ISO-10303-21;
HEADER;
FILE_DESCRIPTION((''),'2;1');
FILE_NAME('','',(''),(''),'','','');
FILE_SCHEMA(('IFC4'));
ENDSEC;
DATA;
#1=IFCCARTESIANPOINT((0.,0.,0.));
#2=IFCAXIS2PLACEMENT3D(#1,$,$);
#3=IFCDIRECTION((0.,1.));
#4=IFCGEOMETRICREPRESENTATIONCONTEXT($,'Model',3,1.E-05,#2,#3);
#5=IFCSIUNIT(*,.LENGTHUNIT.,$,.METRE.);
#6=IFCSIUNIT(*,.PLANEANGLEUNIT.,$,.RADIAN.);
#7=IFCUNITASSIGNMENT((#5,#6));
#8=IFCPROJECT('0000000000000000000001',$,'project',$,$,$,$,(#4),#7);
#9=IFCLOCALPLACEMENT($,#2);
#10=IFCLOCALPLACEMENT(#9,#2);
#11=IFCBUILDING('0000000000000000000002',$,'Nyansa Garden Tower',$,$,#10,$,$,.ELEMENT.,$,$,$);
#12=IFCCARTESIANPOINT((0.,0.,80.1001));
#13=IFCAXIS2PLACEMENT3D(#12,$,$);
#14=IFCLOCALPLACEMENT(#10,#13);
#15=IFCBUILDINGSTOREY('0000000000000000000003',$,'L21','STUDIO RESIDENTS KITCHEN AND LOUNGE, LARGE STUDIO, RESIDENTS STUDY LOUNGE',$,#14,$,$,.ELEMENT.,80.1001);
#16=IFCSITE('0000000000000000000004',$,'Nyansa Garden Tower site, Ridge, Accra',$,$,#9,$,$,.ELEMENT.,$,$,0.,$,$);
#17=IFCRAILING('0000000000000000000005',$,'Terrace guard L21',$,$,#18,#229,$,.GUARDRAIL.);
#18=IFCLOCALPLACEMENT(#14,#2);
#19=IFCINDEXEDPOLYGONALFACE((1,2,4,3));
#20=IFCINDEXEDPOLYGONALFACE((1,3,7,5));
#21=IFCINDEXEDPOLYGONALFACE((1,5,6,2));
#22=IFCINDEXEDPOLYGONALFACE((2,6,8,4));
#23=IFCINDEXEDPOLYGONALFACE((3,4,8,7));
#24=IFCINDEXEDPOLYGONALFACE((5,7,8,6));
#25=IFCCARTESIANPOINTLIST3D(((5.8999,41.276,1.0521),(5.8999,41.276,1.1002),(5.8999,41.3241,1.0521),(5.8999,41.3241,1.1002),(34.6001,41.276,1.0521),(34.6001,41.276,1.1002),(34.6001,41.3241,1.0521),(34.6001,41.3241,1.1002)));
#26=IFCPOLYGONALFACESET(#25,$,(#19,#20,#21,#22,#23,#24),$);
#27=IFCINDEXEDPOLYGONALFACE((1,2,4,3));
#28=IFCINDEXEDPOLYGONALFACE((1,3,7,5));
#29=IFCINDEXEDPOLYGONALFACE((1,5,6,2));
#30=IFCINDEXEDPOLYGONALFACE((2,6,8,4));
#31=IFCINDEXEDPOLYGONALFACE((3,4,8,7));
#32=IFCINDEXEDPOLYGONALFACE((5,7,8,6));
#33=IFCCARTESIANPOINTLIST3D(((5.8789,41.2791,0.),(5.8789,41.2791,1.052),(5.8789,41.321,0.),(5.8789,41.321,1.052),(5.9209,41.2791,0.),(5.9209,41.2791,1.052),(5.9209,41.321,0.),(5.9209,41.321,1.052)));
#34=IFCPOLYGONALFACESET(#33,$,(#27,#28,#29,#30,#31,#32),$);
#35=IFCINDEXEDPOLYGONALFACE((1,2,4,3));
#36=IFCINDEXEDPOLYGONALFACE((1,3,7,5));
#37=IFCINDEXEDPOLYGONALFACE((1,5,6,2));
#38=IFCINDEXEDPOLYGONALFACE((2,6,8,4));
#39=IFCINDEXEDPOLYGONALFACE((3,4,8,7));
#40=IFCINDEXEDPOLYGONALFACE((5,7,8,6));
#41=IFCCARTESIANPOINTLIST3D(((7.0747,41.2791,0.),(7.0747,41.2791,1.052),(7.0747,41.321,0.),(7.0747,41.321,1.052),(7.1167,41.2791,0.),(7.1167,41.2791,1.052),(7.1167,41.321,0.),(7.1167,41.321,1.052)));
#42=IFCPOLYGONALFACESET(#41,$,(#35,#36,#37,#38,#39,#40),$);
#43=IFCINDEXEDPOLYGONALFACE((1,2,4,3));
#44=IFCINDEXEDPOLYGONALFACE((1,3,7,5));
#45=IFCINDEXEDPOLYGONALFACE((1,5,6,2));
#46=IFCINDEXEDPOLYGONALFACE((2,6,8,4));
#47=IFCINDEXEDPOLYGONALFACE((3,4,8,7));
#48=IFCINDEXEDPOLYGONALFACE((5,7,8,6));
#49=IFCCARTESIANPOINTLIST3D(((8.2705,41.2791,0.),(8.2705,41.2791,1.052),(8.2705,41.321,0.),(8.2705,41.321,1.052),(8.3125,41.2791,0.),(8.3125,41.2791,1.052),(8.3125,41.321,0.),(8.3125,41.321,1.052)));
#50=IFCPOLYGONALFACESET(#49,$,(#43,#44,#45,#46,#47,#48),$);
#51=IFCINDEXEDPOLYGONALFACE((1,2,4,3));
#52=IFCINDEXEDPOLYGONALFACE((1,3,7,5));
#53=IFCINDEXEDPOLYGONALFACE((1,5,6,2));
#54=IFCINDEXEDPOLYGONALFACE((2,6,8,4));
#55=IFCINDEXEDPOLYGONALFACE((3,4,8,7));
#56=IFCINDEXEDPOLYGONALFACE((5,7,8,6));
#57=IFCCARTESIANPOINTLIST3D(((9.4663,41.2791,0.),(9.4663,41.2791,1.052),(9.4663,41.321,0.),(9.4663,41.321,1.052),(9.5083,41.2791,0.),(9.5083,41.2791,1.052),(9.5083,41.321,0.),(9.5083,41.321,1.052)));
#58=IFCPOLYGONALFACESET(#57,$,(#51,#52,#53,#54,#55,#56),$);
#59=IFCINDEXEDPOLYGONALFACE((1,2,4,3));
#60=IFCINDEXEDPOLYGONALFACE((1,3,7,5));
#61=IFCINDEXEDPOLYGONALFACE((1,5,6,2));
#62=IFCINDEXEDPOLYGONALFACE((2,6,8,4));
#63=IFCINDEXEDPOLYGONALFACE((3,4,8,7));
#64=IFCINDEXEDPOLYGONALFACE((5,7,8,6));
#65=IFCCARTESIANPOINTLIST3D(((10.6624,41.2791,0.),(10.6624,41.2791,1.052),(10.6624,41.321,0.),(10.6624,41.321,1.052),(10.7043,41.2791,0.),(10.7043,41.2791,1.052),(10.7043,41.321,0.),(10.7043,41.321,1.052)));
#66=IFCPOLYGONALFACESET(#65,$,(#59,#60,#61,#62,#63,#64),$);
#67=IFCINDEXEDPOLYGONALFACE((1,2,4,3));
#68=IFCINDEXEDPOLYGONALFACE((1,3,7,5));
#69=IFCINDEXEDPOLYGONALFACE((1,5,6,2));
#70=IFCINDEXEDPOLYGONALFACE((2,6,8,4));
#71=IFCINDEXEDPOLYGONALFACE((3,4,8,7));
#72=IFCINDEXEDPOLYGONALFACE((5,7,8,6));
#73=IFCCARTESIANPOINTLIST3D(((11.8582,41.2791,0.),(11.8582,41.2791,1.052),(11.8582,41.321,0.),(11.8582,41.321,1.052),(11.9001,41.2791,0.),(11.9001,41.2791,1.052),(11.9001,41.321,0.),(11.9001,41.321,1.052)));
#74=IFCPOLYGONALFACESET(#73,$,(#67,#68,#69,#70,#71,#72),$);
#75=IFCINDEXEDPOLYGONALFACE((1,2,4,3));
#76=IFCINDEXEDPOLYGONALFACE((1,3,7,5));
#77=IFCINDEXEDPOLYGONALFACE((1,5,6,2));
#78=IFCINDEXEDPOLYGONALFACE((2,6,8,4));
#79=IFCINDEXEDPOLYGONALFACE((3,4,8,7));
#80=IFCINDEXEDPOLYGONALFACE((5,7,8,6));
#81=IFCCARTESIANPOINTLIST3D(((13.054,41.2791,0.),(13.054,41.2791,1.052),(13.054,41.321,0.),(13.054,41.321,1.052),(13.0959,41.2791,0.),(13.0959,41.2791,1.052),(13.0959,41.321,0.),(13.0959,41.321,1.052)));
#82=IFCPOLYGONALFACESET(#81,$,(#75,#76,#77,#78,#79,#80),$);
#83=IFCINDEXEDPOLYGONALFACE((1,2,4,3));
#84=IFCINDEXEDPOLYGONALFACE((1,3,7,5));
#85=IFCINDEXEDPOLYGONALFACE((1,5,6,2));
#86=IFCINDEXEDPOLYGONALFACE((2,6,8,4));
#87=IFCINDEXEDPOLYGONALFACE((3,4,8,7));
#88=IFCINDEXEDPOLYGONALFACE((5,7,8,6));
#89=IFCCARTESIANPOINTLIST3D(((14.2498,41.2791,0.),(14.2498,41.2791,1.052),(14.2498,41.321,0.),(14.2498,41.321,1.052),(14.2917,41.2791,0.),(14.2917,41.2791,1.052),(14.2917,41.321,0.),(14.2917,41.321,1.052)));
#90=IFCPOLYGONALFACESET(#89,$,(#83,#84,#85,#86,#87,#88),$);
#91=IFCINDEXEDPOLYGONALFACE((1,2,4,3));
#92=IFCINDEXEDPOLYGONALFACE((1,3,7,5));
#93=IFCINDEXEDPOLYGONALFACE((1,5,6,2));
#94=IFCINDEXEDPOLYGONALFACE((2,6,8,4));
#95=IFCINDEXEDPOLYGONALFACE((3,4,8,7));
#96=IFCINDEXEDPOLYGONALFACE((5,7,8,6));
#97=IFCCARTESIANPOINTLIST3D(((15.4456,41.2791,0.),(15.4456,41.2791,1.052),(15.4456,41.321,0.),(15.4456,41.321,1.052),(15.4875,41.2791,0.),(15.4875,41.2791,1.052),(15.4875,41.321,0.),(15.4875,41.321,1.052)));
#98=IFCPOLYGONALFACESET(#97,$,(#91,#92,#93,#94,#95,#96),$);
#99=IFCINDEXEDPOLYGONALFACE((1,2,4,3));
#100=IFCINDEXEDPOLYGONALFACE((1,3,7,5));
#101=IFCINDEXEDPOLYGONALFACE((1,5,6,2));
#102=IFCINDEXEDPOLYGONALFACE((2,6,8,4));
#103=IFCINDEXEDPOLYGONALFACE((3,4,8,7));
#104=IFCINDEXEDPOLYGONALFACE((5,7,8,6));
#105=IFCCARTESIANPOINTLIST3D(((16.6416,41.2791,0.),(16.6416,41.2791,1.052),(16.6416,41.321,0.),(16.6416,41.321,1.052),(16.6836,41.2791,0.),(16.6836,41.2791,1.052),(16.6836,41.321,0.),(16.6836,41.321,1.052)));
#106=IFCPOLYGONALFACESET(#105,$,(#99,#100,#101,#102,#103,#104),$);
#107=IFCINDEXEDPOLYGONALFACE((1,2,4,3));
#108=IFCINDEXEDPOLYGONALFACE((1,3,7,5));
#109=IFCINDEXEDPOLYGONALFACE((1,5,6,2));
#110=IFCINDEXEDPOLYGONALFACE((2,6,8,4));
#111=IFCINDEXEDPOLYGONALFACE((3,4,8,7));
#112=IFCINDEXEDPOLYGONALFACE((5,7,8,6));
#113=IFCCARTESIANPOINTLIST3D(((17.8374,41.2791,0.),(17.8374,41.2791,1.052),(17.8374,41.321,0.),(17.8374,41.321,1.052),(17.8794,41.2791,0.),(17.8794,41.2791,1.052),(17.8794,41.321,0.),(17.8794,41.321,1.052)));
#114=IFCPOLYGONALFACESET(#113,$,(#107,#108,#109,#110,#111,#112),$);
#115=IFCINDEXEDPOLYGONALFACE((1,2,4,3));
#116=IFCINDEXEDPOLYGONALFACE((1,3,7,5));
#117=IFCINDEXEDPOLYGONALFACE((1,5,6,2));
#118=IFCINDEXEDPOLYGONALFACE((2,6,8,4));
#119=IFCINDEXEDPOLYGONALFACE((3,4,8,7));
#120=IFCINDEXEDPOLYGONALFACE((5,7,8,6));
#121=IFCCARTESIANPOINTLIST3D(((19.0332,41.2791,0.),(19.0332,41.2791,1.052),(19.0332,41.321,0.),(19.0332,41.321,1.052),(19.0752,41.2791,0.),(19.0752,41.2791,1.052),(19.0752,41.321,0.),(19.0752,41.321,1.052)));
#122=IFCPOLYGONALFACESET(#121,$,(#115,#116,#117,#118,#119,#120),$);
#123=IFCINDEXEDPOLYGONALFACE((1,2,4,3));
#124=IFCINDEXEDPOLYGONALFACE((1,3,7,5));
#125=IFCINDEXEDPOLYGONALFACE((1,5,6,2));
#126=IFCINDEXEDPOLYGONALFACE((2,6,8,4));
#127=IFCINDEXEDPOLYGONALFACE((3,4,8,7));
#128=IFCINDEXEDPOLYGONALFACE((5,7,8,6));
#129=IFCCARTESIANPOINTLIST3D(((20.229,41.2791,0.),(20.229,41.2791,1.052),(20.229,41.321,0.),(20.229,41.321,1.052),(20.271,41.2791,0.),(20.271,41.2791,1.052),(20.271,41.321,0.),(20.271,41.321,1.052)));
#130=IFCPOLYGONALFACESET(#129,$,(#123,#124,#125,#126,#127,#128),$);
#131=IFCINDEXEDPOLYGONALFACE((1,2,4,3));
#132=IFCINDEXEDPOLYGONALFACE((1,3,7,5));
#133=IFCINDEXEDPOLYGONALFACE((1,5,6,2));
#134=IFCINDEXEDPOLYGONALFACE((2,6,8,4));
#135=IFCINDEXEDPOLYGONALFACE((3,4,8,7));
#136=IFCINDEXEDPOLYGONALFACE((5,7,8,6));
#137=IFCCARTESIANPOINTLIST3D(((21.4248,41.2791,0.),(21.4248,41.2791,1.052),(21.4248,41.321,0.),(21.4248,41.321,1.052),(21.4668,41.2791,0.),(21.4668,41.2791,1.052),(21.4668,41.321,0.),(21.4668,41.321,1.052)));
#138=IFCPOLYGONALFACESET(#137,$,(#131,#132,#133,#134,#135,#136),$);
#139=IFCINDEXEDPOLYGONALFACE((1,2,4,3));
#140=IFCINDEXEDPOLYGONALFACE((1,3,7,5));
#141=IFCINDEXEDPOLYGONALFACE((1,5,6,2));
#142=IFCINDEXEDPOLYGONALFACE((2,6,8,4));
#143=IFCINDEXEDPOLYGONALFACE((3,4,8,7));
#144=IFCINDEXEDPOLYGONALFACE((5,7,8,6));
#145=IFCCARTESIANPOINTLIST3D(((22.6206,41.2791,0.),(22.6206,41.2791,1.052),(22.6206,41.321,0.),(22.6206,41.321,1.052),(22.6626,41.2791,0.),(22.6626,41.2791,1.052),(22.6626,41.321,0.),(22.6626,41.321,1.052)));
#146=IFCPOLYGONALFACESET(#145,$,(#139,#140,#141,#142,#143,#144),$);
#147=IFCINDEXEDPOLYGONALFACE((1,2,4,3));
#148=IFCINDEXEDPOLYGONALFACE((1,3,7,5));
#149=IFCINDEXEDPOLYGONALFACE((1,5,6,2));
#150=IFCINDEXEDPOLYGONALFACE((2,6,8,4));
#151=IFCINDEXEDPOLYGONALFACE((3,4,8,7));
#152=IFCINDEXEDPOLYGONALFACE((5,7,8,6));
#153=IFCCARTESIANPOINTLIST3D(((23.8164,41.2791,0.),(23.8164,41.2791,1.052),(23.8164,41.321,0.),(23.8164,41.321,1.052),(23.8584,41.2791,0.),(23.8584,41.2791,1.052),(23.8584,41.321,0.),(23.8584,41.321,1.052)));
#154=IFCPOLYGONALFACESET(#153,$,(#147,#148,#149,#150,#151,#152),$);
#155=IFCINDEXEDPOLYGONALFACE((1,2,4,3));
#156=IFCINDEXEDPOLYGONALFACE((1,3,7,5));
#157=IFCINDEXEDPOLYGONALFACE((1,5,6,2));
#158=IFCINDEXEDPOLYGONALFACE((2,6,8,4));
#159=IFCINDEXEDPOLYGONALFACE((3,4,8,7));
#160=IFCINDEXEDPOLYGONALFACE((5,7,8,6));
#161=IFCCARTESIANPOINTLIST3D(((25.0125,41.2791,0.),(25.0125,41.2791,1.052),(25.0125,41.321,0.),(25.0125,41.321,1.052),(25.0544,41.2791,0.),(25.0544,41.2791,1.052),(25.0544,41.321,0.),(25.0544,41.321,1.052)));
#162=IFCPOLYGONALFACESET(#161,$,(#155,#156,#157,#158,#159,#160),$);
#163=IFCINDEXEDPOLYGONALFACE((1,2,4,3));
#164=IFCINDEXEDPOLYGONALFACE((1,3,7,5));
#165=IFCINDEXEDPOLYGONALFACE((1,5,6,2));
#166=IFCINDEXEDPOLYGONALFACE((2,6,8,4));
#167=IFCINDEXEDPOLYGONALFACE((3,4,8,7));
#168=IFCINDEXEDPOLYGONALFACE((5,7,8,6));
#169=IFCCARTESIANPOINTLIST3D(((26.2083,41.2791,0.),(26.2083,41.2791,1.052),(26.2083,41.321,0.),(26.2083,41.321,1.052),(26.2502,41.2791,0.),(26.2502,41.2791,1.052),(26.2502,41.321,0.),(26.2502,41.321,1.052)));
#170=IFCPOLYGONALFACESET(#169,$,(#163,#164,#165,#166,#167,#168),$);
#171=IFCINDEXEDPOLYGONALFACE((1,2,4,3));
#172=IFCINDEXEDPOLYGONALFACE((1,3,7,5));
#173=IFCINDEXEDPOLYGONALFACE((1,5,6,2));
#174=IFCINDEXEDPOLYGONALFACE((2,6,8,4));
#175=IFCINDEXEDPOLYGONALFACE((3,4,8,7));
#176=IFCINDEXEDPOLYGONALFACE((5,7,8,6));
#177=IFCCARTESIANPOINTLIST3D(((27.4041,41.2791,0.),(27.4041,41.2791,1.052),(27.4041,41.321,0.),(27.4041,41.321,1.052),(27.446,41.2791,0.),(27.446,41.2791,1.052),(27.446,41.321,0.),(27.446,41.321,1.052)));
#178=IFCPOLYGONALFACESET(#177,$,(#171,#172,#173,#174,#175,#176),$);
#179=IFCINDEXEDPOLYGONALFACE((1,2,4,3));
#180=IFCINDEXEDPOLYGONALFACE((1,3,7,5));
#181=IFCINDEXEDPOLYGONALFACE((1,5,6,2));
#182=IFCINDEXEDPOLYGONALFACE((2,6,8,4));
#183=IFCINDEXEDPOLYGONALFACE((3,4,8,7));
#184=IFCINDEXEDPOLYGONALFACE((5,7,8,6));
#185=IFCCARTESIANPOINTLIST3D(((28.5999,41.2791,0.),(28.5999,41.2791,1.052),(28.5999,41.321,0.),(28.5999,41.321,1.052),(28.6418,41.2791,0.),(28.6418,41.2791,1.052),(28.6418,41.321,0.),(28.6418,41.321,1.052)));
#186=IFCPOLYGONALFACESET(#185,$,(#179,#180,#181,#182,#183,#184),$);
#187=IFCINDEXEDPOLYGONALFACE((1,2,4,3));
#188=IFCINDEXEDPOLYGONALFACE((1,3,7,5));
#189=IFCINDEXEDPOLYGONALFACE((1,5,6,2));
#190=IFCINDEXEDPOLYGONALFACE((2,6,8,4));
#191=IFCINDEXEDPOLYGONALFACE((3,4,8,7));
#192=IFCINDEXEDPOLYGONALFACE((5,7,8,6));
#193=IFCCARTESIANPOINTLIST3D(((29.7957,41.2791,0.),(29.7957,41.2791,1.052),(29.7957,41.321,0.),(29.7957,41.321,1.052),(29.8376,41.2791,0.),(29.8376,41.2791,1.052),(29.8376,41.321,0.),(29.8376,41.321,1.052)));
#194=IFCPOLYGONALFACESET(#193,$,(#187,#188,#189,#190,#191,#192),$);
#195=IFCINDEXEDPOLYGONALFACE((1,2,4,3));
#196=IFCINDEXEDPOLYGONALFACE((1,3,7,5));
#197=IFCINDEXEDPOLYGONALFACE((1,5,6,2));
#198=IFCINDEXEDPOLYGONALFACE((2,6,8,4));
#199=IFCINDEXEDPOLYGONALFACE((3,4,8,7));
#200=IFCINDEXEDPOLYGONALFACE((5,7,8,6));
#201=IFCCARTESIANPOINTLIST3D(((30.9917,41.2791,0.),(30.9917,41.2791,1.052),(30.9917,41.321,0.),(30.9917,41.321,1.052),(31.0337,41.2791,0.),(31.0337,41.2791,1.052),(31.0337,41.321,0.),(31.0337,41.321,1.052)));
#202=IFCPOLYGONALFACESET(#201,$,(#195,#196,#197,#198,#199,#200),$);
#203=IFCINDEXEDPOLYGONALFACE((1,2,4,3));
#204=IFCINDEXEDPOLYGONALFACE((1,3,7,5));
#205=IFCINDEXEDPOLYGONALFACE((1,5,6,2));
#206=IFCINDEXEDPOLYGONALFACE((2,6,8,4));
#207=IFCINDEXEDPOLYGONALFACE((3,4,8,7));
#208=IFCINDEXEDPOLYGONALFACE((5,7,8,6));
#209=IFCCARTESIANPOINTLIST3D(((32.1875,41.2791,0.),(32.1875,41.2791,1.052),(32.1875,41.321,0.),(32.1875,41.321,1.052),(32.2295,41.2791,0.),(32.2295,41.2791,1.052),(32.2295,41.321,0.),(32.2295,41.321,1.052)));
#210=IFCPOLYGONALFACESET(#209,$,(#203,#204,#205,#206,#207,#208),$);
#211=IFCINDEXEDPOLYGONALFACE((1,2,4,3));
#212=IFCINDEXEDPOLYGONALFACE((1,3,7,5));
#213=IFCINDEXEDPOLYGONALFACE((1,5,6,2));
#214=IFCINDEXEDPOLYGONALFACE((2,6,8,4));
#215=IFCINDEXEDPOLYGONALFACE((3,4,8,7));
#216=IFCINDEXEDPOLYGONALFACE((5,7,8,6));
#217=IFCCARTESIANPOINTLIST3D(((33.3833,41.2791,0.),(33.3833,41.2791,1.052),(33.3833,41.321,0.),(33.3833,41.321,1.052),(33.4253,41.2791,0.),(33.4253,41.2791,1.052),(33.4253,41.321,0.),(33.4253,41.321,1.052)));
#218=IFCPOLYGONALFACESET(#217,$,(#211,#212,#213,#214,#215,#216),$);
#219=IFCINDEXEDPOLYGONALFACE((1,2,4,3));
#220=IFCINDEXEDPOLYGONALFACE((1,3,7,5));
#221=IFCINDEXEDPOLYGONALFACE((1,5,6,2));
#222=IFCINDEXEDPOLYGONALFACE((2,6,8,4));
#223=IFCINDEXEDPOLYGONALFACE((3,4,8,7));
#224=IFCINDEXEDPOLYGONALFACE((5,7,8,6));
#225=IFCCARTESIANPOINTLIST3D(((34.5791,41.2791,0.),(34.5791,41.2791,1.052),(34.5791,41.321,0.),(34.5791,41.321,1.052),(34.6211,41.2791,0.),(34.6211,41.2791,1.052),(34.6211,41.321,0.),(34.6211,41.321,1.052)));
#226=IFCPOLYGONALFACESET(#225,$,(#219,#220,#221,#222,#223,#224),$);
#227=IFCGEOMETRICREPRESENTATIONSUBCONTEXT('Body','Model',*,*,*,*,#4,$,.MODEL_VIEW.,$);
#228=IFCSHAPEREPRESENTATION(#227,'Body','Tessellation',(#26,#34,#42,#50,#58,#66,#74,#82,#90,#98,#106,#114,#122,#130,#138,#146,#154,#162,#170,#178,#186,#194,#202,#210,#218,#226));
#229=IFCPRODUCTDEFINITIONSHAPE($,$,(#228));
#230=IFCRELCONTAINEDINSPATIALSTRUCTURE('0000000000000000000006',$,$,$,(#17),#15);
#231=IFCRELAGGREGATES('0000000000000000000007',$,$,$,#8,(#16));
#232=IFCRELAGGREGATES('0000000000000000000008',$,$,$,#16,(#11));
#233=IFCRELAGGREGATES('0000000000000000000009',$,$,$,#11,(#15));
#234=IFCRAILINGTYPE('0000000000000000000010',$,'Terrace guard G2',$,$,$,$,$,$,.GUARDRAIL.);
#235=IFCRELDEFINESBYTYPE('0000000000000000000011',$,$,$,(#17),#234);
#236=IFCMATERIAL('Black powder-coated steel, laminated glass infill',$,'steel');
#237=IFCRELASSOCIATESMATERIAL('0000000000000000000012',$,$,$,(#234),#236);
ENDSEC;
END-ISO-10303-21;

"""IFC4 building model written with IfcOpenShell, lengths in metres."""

from ifc_helpers import new_model, si_unit, direction, frame, origin, origin_2d, place, context, subcontext, project, spatial, rectangle, extrude, material, type_object, element, save


model = new_model("IFC4")

# Units and contexts
model_context = context("Model", 3, precision=1e-05, world=origin(), true_north=direction((0.0, 1.0)))
body_context = subcontext(model_context, "Body", "Model", "MODEL_VIEW")
ifc_project = project(units=[si_unit("LENGTHUNIT", "METRE"), si_unit("PLANEANGLEUNIT", "RADIAN")], contexts=[model_context])

# Site, building, storey
site_placement = place(None, origin())
site = spatial("IfcSite", under=ifc_project, at=site_placement, Name="Nyansa Garden Tower site, Ridge, Accra", CompositionType="ELEMENT", RefElevation=0.0)
building_placement = place(site_placement, origin())
building = spatial("IfcBuilding", under=site, at=building_placement, Name="Nyansa Garden Tower", CompositionType="ELEMENT")
storey_placement = place(building_placement, frame((0.0, 0.0, 80.1001)))
storey = spatial("IfcBuildingStorey", under=building, at=storey_placement, Name="L21", Description="STUDIO RESIDENTS KITCHEN AND LOUNGE, LARGE STUDIO, RESIDENTS STUDY LOUNGE", CompositionType="ELEMENT", Elevation=80.1001)

# Railing
ifc_material_1 = material(Name="Black powder-coated steel, laminated glass infill", Category="steel")
railing_type = type_object("IfcRailingType", Name="Terrace guard G2", PredefinedType="GUARDRAIL", material=ifc_material_1)
railing_1_placement = place(storey_placement, frame((5.8999, 41.3, 0.0)))
element("IfcRailing", 1, at=railing_1_placement, inside=storey, type_object=railing_type, Name="Terrace guard L21", PredefinedType="GUARDRAIL", context=body_context, shape_type="SweptSolid", body=[
    extrude(rectangle(XDim=0.0481, YDim=0.0481, at=origin_2d()), frame((0.0, 0.0, 1.0762), z_axis=(1.0, 0.0, 0.0), x_axis=(0.0, 1.0, 0.0)), (0.0, 0.0, 1.0), 28.7002),
    extrude(rectangle(XDim=0.042, YDim=0.042, at=origin_2d()), origin(), (0.0, 0.0, 1.0), 1.052),
    extrude(rectangle(XDim=0.042, YDim=0.042, at=origin_2d()), frame((1.1958, 0.0, 0.0)), (0.0, 0.0, 1.0), 1.052),
    extrude(rectangle(XDim=0.042, YDim=0.042, at=origin_2d()), frame((2.3916, 0.0, 0.0)), (0.0, 0.0, 1.0), 1.052),
    extrude(rectangle(XDim=0.042, YDim=0.042, at=origin_2d()), frame((3.5874, 0.0, 0.0)), (0.0, 0.0, 1.0), 1.052),
    extrude(rectangle(XDim=0.042, YDim=0.042, at=origin_2d()), frame((4.7834, 0.0, 0.0)), (0.0, 0.0, 1.0), 1.052),
    extrude(rectangle(XDim=0.042, YDim=0.042, at=origin_2d()), frame((5.9792, 0.0, 0.0)), (0.0, 0.0, 1.0), 1.052),
    extrude(rectangle(XDim=0.042, YDim=0.042, at=origin_2d()), frame((7.175, 0.0, 0.0)), (0.0, 0.0, 1.0), 1.052),
    extrude(rectangle(XDim=0.042, YDim=0.042, at=origin_2d()), frame((8.3708, 0.0, 0.0)), (0.0, 0.0, 1.0), 1.052),
    extrude(rectangle(XDim=0.042, YDim=0.042, at=origin_2d()), frame((9.5667, 0.0, 0.0)), (0.0, 0.0, 1.0), 1.052),
    extrude(rectangle(XDim=0.042, YDim=0.042, at=origin_2d()), frame((10.7627, 0.0, 0.0)), (0.0, 0.0, 1.0), 1.052),
    extrude(rectangle(XDim=0.042, YDim=0.042, at=origin_2d()), frame((11.9585, 0.0, 0.0)), (0.0, 0.0, 1.0), 1.052),
    extrude(rectangle(XDim=0.042, YDim=0.042, at=origin_2d()), frame((13.1543, 0.0, 0.0)), (0.0, 0.0, 1.0), 1.052),
    extrude(rectangle(XDim=0.042, YDim=0.042, at=origin_2d()), frame((14.3501, 0.0, 0.0)), (0.0, 0.0, 1.0), 1.052),
    extrude(rectangle(XDim=0.042, YDim=0.042, at=origin_2d()), frame((15.5459, 0.0, 0.0)), (0.0, 0.0, 1.0), 1.052),
    extrude(rectangle(XDim=0.042, YDim=0.042, at=origin_2d()), frame((16.7417, 0.0, 0.0)), (0.0, 0.0, 1.0), 1.052),
    extrude(rectangle(XDim=0.042, YDim=0.042, at=origin_2d()), frame((17.9375, 0.0, 0.0)), (0.0, 0.0, 1.0), 1.052),
    extrude(rectangle(XDim=0.042, YDim=0.042, at=origin_2d()), frame((19.1335, 0.0, 0.0)), (0.0, 0.0, 1.0), 1.052),
    extrude(rectangle(XDim=0.042, YDim=0.042, at=origin_2d()), frame((20.3293, 0.0, 0.0)), (0.0, 0.0, 1.0), 1.052),
    extrude(rectangle(XDim=0.042, YDim=0.042, at=origin_2d()), frame((21.5251, 0.0, 0.0)), (0.0, 0.0, 1.0), 1.052),
    extrude(rectangle(XDim=0.042, YDim=0.042, at=origin_2d()), frame((22.7209, 0.0, 0.0)), (0.0, 0.0, 1.0), 1.052),
    extrude(rectangle(XDim=0.042, YDim=0.042, at=origin_2d()), frame((23.9167, 0.0, 0.0)), (0.0, 0.0, 1.0), 1.052),
    extrude(rectangle(XDim=0.042, YDim=0.042, at=origin_2d()), frame((25.1128, 0.0, 0.0)), (0.0, 0.0, 1.0), 1.052),
    extrude(rectangle(XDim=0.042, YDim=0.042, at=origin_2d()), frame((26.3086, 0.0, 0.0)), (0.0, 0.0, 1.0), 1.052),
    extrude(rectangle(XDim=0.042, YDim=0.042, at=origin_2d()), frame((27.5044, 0.0, 0.0)), (0.0, 0.0, 1.0), 1.052),
    extrude(rectangle(XDim=0.042, YDim=0.042, at=origin_2d()), frame((28.7002, 0.0, 0.0)), (0.0, 0.0, 1.0), 1.052),
])

save(model, "model.ifc")
